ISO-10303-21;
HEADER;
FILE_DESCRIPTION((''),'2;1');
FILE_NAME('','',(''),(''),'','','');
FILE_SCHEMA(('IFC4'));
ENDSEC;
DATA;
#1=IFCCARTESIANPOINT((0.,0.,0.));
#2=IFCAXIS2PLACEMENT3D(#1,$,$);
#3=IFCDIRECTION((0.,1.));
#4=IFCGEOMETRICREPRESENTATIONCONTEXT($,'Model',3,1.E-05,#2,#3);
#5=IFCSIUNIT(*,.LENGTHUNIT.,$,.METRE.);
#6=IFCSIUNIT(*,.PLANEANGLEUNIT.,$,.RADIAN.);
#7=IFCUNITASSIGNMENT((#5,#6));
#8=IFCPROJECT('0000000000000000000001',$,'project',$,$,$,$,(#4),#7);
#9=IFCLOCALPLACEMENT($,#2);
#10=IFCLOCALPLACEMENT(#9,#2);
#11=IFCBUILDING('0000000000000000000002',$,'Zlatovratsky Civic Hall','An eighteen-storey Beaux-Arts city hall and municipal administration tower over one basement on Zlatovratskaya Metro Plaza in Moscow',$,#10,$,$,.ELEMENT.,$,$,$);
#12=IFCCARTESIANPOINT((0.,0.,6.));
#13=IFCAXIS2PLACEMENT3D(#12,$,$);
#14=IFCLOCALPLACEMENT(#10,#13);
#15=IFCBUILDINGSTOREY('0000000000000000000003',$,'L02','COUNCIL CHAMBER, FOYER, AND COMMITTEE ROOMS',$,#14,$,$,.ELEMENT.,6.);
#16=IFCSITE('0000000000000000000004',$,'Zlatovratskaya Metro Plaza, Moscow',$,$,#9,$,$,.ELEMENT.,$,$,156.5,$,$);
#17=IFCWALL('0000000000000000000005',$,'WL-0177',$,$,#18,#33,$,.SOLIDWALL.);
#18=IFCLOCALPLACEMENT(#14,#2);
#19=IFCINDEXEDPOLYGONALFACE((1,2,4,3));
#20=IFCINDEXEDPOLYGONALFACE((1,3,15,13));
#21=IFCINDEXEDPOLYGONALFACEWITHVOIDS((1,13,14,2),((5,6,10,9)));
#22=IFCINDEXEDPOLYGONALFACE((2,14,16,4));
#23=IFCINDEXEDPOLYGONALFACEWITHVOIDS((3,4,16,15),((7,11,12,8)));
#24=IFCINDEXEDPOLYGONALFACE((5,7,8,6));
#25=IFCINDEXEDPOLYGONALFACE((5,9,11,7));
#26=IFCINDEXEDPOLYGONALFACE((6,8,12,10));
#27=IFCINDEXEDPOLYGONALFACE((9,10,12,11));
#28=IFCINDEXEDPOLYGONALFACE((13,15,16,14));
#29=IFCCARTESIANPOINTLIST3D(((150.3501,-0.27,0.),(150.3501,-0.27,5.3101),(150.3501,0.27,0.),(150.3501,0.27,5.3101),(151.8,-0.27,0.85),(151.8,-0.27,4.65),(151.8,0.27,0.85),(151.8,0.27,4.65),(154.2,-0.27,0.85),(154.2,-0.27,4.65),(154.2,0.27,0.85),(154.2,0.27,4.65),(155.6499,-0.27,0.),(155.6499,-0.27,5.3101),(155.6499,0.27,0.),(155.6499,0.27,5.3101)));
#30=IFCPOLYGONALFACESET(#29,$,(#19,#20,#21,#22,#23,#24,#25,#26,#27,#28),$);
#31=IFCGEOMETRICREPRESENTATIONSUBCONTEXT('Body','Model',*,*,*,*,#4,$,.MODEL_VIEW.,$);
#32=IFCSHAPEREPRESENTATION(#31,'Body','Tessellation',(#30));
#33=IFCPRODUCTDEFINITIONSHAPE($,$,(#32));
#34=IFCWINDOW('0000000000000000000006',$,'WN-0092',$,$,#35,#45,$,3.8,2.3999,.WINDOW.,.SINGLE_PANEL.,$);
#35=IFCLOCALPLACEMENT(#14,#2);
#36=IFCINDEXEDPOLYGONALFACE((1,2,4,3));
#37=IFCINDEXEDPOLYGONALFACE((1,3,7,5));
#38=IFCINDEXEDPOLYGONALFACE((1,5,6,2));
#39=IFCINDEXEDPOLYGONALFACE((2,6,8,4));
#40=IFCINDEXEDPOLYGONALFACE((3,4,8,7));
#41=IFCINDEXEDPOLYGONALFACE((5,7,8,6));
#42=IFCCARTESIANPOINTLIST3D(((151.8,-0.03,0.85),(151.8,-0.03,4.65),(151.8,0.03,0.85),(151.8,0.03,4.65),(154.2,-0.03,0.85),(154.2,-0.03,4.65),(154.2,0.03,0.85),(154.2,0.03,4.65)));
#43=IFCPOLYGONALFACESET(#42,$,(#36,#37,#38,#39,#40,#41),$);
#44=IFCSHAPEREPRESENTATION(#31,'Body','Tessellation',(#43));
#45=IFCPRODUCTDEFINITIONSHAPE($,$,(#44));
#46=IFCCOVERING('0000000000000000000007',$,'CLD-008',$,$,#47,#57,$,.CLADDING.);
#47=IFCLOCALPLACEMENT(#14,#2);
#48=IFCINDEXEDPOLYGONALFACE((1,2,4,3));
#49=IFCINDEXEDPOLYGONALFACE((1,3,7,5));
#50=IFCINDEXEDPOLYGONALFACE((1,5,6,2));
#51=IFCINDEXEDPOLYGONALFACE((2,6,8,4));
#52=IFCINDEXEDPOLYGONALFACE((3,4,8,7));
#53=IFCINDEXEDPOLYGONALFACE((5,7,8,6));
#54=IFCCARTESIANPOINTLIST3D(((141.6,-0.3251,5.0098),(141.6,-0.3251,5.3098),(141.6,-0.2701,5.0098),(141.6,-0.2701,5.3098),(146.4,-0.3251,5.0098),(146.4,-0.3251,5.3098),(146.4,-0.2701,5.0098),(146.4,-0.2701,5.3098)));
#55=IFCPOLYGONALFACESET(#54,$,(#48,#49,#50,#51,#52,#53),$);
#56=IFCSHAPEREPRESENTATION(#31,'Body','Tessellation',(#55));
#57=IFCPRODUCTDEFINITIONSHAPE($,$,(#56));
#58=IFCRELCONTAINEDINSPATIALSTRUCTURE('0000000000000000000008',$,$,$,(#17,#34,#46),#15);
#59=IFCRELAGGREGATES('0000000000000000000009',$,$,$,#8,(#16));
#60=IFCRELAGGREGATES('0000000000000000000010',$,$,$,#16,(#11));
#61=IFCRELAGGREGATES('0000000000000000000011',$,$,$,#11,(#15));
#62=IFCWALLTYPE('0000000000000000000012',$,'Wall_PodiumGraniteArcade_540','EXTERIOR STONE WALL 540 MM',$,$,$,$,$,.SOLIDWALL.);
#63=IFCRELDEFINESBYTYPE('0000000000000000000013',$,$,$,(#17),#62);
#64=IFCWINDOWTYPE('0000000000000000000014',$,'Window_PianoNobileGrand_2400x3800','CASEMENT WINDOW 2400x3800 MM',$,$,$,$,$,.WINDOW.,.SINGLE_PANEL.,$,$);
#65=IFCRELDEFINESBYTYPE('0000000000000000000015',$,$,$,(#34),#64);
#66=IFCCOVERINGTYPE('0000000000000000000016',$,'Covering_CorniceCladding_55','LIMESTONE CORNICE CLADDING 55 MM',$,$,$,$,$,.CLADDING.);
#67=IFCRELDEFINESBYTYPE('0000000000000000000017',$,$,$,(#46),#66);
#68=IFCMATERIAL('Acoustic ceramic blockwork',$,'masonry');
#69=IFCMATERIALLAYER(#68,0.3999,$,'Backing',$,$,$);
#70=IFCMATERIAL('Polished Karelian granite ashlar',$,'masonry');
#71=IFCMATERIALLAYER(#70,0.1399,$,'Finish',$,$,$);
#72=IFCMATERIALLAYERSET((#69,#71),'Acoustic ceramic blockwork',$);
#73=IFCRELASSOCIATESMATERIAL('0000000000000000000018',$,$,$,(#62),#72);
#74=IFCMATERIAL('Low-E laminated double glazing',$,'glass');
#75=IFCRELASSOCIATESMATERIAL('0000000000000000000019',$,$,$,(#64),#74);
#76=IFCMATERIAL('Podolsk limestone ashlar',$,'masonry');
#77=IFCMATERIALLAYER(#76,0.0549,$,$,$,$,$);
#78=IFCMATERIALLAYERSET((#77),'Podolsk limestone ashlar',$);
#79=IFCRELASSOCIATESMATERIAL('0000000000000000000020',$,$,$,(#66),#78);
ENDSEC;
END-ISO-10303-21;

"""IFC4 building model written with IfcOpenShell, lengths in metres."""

from ifc_helpers import new_model, si_unit, direction, frame, frame_2d, origin, origin_2d, place, context, subcontext, project, spatial, rectangle, extrude, material, layer, layer_set, type_object, element, fill, save


model = new_model("IFC4")

# Units and contexts
model_context = context("Model", 3, precision=1e-05, world=origin(), true_north=direction((0.0, 1.0)))
body_context = subcontext(model_context, "Body", "Model", "MODEL_VIEW")
ifc_project = project(units=[si_unit("LENGTHUNIT", "METRE"), si_unit("PLANEANGLEUNIT", "RADIAN")], contexts=[model_context])

# Site, building, storey
site_placement = place(None, origin())
site = spatial("IfcSite", under=ifc_project, at=site_placement, Name="Zlatovratskaya Metro Plaza, Moscow", CompositionType="ELEMENT", RefElevation=156.5)
building_placement = place(site_placement, origin())
building = spatial("IfcBuilding", under=site, at=building_placement, Name="Zlatovratsky Civic Hall", Description="An eighteen-storey Beaux-Arts city hall and municipal administration tower over one basement on Zlatovratskaya Metro Plaza in Moscow", CompositionType="ELEMENT")
storey_placement = place(building_placement, frame((0.0, 0.0, 6.0)))
storey = spatial("IfcBuildingStorey", under=building, at=storey_placement, Name="L02", Description="COUNCIL CHAMBER, FOYER, AND COMMITTEE ROOMS", CompositionType="ELEMENT", Elevation=6.0)

# Wall, opening, window
ifc_material_1 = material(Name="Acoustic ceramic blockwork", Category="masonry")
ifc_layer_1 = layer(ifc_material_1, 0.3999, Name="Backing")
ifc_material_2 = material(Name="Polished Karelian granite ashlar", Category="masonry")
ifc_layer_2 = layer(ifc_material_2, 0.1399, Name="Finish")
ifc_layer_set_1 = layer_set([ifc_layer_1, ifc_layer_2], Name="Acoustic ceramic blockwork")
wall_type = type_object("IfcWallType", Name="Wall_PodiumGraniteArcade_540", Description="EXTERIOR STONE WALL 540 MM", PredefinedType="SOLIDWALL", material=ifc_layer_set_1)
ifc_material_3 = material(Name="Low-E laminated double glazing", Category="glass")
window_type = type_object("IfcWindowType", Name="Window_PianoNobileGrand_2400x3800", Description="CASEMENT WINDOW 2400x3800 MM", PartitioningType="SINGLE_PANEL", PredefinedType="WINDOW", material=ifc_material_3)
wall_1_placement = place(storey_placement, frame((150.3501, 0.0, 0.0), z_axis=(0.0, 0.0, 1.0), x_axis=(1.0, 0.0, 0.0)))
wall_1 = element("IfcWall", 1, at=wall_1_placement, inside=storey, type_object=wall_type, Name="WL-0177", PredefinedType="SOLIDWALL", context=body_context, shape_type="SweptSolid", body=[
    extrude(rectangle(XDim=5.2998, YDim=0.54, at=frame_2d((2.6499, 0.0))), origin(), (0.0, 0.0, 1.0), 5.3101),
])
opening_1_placement = place(wall_1_placement, frame((1.45, 0.0, 0.8501)))
opening_1 = element("IfcOpeningElement", 2, at=opening_1_placement, cuts=wall_1, PredefinedType="OPENING", context=body_context, shape_type="SweptSolid", body=[
    extrude(rectangle(XDim=2.3999, YDim=3.8, at=frame_2d((1.2, 1.8999))), frame((0.0, 0.2849, 0.0), z_axis=(0.0, -1.0, 0.0), x_axis=(1.0, 0.0, 0.0)), (0.0, 0.0, 1.0), 0.5698),
])
window_1_placement = place(opening_1_placement, origin())
window_1 = element("IfcWindow", 3, at=window_1_placement, inside=storey, type_object=window_type, Name="WN-0092", OverallHeight=3.8, OverallWidth=2.3999, PartitioningType="SINGLE_PANEL", PredefinedType="WINDOW", context=body_context, shape_type="SweptSolid", body=[
    extrude(rectangle(XDim=2.3999, YDim=3.8, at=frame_2d((1.2, 1.8999))), frame((0.0, 0.03, 0.0), z_axis=(0.0, -1.0, 0.0), x_axis=(1.0, 0.0, 0.0)), (0.0, 0.0, 1.0), 0.0601),
])
fill(opening_1, window_1)

# Covering
ifc_material_4 = material(Name="Podolsk limestone ashlar", Category="masonry")
ifc_layer_3 = layer(ifc_material_4, 0.0549)
ifc_layer_set_2 = layer_set([ifc_layer_3], Name="Podolsk limestone ashlar")
covering_type = type_object("IfcCoveringType", Name="Covering_CorniceCladding_55", Description="LIMESTONE CORNICE CLADDING 55 MM", PredefinedType="CLADDING", material=ifc_layer_set_2)
covering_placement = place(storey_placement, frame((144.0, -0.2976, 5.0098), z_axis=(0.0, 0.0, 1.0), x_axis=(1.0, 0.0, 0.0)))
element("IfcCovering", 4, at=covering_placement, inside=storey, type_object=covering_type, Name="CLD-008", PredefinedType="CLADDING", context=body_context, shape_type="SweptSolid", body=[
    extrude(rectangle(XDim=4.8, YDim=0.0549, at=origin_2d()), origin(), (0.0, 0.0, 1.0), 0.3),
])

save(model, "model.ifc")
